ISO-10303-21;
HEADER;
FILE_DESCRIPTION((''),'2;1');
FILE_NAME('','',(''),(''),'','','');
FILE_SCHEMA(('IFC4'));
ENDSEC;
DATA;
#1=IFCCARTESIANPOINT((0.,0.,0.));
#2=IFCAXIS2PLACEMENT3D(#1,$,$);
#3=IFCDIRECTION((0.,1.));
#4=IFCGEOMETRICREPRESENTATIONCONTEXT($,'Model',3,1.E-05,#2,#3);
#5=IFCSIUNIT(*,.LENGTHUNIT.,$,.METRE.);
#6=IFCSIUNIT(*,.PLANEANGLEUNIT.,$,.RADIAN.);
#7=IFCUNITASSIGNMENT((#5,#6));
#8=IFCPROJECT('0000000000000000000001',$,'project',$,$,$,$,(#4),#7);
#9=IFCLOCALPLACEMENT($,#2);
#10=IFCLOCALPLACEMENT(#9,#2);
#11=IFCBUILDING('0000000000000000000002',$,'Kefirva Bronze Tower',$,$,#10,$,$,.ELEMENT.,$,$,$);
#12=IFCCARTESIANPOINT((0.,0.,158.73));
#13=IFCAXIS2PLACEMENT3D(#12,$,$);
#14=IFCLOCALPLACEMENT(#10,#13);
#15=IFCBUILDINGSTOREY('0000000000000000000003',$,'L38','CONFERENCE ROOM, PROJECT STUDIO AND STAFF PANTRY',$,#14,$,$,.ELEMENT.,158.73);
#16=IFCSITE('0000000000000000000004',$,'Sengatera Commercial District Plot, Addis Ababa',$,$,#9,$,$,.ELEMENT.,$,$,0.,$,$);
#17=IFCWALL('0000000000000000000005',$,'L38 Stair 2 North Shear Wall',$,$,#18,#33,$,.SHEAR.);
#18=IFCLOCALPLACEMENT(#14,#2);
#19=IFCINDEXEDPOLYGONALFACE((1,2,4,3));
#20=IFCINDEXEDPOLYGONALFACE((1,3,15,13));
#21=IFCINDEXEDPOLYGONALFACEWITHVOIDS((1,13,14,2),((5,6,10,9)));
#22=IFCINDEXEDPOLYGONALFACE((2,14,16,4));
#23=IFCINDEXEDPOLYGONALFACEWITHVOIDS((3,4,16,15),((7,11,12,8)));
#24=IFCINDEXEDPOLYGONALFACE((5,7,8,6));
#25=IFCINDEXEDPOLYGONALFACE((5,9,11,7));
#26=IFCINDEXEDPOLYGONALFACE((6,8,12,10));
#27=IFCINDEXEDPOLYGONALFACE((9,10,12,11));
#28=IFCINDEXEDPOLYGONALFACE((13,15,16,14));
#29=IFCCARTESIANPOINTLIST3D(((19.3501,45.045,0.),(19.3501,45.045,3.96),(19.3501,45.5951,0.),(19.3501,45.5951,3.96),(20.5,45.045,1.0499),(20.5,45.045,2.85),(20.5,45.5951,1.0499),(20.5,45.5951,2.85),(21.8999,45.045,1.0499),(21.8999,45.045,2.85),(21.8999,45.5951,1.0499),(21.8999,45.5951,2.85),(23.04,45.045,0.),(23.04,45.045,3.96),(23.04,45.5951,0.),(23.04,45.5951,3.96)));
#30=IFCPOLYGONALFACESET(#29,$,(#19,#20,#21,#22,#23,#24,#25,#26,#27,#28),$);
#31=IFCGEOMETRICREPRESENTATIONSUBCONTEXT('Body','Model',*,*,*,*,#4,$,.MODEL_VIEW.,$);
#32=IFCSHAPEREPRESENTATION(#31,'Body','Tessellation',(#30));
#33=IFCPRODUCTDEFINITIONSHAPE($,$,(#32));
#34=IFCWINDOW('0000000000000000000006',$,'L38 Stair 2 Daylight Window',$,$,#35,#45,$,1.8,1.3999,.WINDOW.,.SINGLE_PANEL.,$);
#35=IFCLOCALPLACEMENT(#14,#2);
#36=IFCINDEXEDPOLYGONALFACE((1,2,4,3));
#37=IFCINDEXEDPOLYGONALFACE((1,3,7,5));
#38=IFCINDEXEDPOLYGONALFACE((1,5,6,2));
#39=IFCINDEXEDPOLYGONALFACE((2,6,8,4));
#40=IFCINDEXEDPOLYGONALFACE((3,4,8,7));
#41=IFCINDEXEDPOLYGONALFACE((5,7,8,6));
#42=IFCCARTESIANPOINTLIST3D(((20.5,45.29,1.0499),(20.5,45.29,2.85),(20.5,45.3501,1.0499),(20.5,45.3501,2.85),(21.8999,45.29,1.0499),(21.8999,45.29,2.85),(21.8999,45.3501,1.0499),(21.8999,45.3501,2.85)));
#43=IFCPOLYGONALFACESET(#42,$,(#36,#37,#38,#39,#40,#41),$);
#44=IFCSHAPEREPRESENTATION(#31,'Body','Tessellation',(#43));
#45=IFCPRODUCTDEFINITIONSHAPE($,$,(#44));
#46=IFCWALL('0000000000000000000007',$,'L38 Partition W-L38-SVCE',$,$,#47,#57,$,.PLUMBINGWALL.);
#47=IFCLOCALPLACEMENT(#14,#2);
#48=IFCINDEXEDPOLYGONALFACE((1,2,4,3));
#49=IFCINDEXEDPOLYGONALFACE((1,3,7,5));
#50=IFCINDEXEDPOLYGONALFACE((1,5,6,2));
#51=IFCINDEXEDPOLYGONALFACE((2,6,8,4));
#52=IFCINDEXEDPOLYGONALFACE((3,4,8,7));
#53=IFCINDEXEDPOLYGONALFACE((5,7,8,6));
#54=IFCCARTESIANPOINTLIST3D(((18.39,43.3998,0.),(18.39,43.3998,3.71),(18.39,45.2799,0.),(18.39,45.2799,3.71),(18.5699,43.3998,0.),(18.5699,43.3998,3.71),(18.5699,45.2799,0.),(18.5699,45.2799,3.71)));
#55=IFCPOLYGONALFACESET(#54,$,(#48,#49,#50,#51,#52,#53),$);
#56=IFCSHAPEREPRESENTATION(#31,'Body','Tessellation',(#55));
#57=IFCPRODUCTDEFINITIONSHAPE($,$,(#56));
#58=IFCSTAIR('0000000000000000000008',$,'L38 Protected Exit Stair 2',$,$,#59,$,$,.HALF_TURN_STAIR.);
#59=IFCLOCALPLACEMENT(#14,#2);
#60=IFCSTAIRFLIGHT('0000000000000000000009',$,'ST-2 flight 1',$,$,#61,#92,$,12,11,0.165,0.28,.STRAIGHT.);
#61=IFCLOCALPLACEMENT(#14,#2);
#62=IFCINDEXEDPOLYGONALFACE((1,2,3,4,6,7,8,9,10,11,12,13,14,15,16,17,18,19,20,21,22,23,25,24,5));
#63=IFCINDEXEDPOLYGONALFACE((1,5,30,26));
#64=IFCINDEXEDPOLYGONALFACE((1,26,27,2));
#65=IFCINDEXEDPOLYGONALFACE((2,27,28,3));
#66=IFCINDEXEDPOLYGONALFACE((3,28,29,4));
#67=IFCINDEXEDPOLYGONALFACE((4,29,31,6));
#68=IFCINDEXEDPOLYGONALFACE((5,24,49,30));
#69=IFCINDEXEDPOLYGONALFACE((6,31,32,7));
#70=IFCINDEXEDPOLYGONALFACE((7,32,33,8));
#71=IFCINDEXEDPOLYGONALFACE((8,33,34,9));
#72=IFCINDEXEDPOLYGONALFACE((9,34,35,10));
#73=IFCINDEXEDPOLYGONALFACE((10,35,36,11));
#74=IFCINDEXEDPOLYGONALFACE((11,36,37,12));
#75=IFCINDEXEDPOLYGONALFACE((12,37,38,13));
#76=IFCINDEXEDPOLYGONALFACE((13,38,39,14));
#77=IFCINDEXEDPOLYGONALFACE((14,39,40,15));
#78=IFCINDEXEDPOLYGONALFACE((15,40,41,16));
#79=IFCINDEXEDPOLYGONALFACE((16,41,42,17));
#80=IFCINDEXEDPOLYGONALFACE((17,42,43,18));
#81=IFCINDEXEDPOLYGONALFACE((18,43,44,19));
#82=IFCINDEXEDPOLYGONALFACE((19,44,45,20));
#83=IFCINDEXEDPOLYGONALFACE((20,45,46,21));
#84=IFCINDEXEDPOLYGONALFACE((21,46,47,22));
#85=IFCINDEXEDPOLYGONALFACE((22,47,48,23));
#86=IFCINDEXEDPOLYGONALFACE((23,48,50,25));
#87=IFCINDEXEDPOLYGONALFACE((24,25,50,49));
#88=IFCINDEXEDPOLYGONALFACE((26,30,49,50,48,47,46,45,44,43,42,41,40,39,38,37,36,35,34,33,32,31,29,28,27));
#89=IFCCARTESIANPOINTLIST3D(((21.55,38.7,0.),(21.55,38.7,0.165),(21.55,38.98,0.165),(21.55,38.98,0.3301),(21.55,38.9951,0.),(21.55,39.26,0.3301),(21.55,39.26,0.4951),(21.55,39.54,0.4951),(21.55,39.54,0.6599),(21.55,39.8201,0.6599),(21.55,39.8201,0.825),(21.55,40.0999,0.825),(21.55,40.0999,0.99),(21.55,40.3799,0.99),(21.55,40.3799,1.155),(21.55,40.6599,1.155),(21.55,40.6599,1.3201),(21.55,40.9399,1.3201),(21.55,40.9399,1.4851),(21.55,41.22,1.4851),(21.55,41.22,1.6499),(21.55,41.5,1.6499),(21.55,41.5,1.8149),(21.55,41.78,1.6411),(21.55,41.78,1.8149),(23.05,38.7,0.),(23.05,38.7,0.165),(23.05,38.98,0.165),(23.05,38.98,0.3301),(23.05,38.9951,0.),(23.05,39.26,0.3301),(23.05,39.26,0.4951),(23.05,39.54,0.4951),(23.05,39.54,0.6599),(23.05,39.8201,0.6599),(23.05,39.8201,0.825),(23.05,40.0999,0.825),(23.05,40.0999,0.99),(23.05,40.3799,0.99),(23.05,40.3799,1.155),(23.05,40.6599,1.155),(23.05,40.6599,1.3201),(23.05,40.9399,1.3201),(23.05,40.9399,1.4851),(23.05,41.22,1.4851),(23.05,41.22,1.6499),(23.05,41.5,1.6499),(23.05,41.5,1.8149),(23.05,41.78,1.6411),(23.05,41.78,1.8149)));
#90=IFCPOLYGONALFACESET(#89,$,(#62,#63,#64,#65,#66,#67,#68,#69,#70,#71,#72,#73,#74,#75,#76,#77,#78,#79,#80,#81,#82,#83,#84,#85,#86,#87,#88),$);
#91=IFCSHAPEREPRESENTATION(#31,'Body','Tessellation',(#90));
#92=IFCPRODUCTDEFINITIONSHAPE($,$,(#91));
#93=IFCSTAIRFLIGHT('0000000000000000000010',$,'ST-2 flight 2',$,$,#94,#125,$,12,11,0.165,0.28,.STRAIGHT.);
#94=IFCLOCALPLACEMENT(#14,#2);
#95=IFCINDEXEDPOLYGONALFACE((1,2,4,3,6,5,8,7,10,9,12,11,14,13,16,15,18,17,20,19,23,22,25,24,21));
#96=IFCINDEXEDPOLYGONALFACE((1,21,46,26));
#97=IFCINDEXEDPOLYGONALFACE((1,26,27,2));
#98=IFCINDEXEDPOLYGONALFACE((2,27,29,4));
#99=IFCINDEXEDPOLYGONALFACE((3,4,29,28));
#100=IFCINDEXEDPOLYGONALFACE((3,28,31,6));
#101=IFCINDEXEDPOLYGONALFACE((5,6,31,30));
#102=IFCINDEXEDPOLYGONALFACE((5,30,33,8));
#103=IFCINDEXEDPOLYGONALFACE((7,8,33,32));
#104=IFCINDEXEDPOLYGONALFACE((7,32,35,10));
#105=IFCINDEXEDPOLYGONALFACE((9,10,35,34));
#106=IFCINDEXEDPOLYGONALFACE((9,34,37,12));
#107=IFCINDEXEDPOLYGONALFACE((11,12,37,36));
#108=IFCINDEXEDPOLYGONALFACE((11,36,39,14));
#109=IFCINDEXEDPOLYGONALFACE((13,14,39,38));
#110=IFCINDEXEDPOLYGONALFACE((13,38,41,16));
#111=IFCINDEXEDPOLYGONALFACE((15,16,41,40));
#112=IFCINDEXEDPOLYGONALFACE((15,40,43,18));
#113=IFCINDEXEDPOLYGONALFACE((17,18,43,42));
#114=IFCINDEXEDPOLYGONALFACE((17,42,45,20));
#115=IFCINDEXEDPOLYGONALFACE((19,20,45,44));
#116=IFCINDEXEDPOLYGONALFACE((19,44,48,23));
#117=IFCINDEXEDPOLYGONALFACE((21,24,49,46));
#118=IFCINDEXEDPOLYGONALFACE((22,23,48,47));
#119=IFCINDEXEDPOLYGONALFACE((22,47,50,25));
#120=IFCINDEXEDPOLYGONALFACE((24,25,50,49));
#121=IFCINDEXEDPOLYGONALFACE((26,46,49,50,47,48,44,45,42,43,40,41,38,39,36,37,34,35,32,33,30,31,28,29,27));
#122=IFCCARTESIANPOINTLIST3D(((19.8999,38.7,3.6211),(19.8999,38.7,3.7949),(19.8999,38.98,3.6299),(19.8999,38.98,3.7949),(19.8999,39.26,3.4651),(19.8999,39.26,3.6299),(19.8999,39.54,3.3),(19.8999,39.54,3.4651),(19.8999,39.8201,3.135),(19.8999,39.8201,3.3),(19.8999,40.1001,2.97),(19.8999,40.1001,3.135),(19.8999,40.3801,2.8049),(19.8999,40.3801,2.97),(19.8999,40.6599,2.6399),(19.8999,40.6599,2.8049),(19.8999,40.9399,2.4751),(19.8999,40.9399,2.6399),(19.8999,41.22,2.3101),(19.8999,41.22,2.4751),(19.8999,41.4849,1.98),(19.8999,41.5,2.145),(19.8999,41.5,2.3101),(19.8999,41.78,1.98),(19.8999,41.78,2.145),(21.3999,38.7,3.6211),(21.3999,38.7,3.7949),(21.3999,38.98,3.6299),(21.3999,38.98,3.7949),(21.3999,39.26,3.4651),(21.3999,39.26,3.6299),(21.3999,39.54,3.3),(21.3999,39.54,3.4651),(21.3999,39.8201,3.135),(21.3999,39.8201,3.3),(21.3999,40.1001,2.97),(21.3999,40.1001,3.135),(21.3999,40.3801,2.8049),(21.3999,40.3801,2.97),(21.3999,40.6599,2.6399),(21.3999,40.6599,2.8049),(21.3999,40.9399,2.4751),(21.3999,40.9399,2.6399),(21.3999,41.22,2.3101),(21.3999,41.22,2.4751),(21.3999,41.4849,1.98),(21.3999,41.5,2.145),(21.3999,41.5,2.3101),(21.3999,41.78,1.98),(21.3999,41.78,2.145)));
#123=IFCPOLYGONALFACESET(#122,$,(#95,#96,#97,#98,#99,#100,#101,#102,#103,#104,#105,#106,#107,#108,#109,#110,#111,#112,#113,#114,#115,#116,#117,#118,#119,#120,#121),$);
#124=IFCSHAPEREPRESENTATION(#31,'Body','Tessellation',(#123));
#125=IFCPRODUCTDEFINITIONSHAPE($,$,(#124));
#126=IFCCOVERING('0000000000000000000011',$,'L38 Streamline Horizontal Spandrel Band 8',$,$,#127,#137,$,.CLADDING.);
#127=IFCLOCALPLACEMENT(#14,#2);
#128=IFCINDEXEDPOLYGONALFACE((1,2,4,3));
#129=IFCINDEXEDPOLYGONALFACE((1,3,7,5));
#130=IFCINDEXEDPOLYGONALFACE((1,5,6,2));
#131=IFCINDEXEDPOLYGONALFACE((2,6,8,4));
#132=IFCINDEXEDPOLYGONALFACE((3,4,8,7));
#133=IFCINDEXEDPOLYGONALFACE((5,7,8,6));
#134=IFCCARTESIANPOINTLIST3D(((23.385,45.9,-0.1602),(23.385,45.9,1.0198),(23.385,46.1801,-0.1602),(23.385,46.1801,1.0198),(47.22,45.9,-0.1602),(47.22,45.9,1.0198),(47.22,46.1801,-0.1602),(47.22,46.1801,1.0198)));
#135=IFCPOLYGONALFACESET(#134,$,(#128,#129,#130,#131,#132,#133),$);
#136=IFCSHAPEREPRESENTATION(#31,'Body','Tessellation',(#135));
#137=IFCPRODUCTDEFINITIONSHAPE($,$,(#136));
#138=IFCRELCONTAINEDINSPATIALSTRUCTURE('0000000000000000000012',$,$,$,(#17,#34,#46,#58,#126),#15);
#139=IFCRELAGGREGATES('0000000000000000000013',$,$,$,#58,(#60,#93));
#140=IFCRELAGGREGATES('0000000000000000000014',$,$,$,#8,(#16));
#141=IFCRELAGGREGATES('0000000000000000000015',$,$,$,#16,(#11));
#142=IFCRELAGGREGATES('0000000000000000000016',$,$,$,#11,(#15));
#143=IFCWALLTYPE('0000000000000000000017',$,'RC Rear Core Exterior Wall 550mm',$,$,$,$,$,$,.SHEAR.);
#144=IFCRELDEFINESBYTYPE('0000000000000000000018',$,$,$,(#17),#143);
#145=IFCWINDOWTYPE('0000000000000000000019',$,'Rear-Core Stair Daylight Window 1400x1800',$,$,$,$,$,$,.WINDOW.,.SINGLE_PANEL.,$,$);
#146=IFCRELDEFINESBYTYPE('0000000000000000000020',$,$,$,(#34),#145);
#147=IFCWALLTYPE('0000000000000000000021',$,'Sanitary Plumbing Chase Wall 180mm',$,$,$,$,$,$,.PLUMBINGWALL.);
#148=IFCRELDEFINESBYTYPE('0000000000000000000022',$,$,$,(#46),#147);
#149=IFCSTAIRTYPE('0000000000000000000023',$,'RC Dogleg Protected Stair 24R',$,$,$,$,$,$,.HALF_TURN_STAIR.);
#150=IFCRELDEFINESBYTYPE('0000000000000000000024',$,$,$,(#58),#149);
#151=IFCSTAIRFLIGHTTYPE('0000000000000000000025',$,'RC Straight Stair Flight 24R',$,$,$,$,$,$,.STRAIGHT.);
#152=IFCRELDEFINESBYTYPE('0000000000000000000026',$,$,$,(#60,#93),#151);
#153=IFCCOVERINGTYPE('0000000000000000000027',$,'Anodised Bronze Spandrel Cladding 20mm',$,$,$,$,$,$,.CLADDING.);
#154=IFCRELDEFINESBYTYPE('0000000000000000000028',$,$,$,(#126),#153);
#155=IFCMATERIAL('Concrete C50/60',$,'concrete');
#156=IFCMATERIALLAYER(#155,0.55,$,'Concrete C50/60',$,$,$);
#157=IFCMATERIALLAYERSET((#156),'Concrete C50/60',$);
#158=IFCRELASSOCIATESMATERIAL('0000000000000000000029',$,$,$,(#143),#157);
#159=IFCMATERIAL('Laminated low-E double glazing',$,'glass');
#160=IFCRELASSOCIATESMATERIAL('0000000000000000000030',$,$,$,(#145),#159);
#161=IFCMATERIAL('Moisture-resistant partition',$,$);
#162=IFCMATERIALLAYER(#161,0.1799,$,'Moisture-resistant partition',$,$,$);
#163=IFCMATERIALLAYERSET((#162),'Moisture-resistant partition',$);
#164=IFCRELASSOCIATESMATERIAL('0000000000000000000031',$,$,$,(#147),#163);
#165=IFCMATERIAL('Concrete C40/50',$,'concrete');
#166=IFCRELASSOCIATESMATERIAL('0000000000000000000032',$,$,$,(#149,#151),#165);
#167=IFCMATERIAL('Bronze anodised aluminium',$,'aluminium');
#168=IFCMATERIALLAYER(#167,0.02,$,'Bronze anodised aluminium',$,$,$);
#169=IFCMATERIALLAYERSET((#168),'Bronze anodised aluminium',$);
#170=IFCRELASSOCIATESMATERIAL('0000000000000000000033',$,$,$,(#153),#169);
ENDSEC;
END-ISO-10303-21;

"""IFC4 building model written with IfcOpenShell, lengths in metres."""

from ifc_helpers import new_model, si_unit, direction, frame, frame_2d, origin, origin_2d, place, context, subcontext, project, spatial, polyline, rectangle, outline, extrude, material, layer, layer_set, type_object, element, fill, aggregate, save


model = new_model("IFC4")

# Units and contexts
model_context = context("Model", 3, precision=1e-05, world=origin(), true_north=direction((0.0, 1.0)))
body_context = subcontext(model_context, "Body", "Model", "MODEL_VIEW")
ifc_project = project(units=[si_unit("LENGTHUNIT", "METRE"), si_unit("PLANEANGLEUNIT", "RADIAN")], contexts=[model_context])

# Site, building, storey
site_placement = place(None, origin())
site = spatial("IfcSite", under=ifc_project, at=site_placement, Name="Sengatera Commercial District Plot, Addis Ababa", CompositionType="ELEMENT", RefElevation=0.0)
building_placement = place(site_placement, origin())
building = spatial("IfcBuilding", under=site, at=building_placement, Name="Kefirva Bronze Tower", CompositionType="ELEMENT")
storey_placement = place(building_placement, frame((0.0, 0.0, 158.73)))
storey = spatial("IfcBuildingStorey", under=building, at=storey_placement, Name="L38", Description="CONFERENCE ROOM, PROJECT STUDIO AND STAFF PANTRY", CompositionType="ELEMENT", Elevation=158.73)

# Shared definitions
ifc_material_1 = material(Name="Bronze anodised aluminium", Category="aluminium")

# Shared definitions
ifc_material_2 = material(Name="Concrete C50/60", Category="concrete")

# Shared definitions
ifc_material_3 = material(Name="Laminated low-E double glazing", Category="glass")

# Wall, opening, window
ifc_layer_1 = layer(ifc_material_2, 0.55, Name="Concrete C50/60")
ifc_layer_set_1 = layer_set([ifc_layer_1], Name="Concrete C50/60")
wall_type_1 = type_object("IfcWallType", Name="RC Rear Core Exterior Wall 550mm", PredefinedType="SHEAR", material=ifc_layer_set_1)
wall_1_placement = place(storey_placement, frame((19.3501, 45.3201, 0.0), z_axis=(0.0, 0.0, 1.0), x_axis=(1.0, 0.0, 0.0)))
wall_1 = element("IfcWall", 1, at=wall_1_placement, inside=storey, type_object=wall_type_1, Name="L38 Stair 2 North Shear Wall", PredefinedType="SHEAR", context=body_context, shape_type="SweptSolid", body=[
    extrude(rectangle(XDim=3.6899, YDim=0.55, at=frame_2d((1.845, 0.0))), origin(), (0.0, 0.0, 1.0), 3.96),
])
opening_placement = place(wall_1_placement, frame((1.1499, 0.0, 1.05)))
opening = element("IfcOpeningElement", 2, at=opening_placement, cuts=wall_1, PredefinedType="OPENING", context=body_context, shape_type="SweptSolid", body=[
    extrude(rectangle(XDim=1.3999, YDim=1.8, at=frame_2d((0.7, 0.8999))), frame((0.0, 0.2852, 0.0), z_axis=(0.0, -1.0, 0.0), x_axis=(1.0, 0.0, 0.0)), (0.0, 0.0, 1.0), 0.5701),
])
window_type = type_object("IfcWindowType", Name="Rear-Core Stair Daylight Window 1400x1800", PartitioningType="SINGLE_PANEL", PredefinedType="WINDOW", material=ifc_material_3)
window_placement = place(opening_placement, origin())
window = element("IfcWindow", 3, at=window_placement, inside=storey, type_object=window_type, Name="L38 Stair 2 Daylight Window", OverallHeight=1.8, OverallWidth=1.3999, PartitioningType="SINGLE_PANEL", PredefinedType="WINDOW", context=body_context, shape_type="SweptSolid", body=[
    extrude(rectangle(XDim=1.3999, YDim=1.8, at=frame_2d((0.7, 0.8999))), frame((0.0, 0.03, 0.0), z_axis=(0.0, -1.0, 0.0), x_axis=(1.0, 0.0, 0.0)), (0.0, 0.0, 1.0), 0.0601),
])
fill(opening, window)

# Wall
ifc_material_4 = material(Name="Moisture-resistant partition")
ifc_layer_2 = layer(ifc_material_4, 0.1799, Name="Moisture-resistant partition")
ifc_layer_set_2 = layer_set([ifc_layer_2], Name="Moisture-resistant partition")
wall_type_2 = type_object("IfcWallType", Name="Sanitary Plumbing Chase Wall 180mm", PredefinedType="PLUMBINGWALL", material=ifc_layer_set_2)
wall_2_placement = place(storey_placement, frame((18.48, 43.3999, 0.0), z_axis=(0.0, 0.0, 1.0), x_axis=(0.0, 1.0, 0.0)))
element("IfcWall", 4, at=wall_2_placement, inside=storey, type_object=wall_type_2, Name="L38 Partition W-L38-SVCE", PredefinedType="PLUMBINGWALL", context=body_context, shape_type="SweptSolid", body=[
    extrude(rectangle(XDim=1.8801, YDim=0.1799, at=frame_2d((0.9399, 0.0))), origin(), (0.0, 0.0, 1.0), 3.71),
])

# Stair, stair flights
ifc_material_5 = material(Name="Concrete C40/50", Category="concrete")
stair_type = type_object("IfcStairType", Name="RC Dogleg Protected Stair 24R", PredefinedType="HALF_TURN_STAIR", material=ifc_material_5)
stair_placement = place(storey_placement, origin())
stair = element("IfcStair", 5, at=stair_placement, inside=storey, type_object=stair_type, Name="L38 Protected Exit Stair 2", PredefinedType="HALF_TURN_STAIR")
stair_flight_type = type_object("IfcStairFlightType", Name="RC Straight Stair Flight 24R", PredefinedType="STRAIGHT", material=ifc_material_5)
stair_flight_1_placement = place(storey_placement, frame((22.3, 38.7, 0.0), z_axis=(0.0, 0.0, 1.0), x_axis=(0.0, 1.0, 0.0)))
stair_flight_1 = element("IfcStairFlight", 6, at=stair_flight_1_placement, type_object=stair_flight_type, Name="ST-2 flight 1", NumberOfRisers=12, NumberOfTreads=11, PredefinedType="STRAIGHT", RiserHeight=0.165, TreadLength=0.28, context=body_context, shape_type="SweptSolid", body=[
    extrude(outline(polyline([(0.0, 0.0), (0.0, 0.165), (0.28, 0.165), (0.28, 0.3301), (0.5601, 0.3301), (0.5601, 0.4951), (0.8401, 0.4951), (0.8401, 0.6599), (1.1201, 0.6599), (1.1201, 0.825), (1.3999, 0.825), (1.3999, 0.99), (1.6799, 0.99), (1.6799, 1.155), (1.96, 1.155), (1.96, 1.3201), (2.24, 1.3201), (2.24, 1.4851), (2.52, 1.4851), (2.52, 1.6499), (2.8, 1.6499), (2.8, 1.8149), (3.0801, 1.8149), (3.0801, 1.98), (3.0801, 1.6411), (0.2952, 0.0), (0.0, 0.0)])), frame((0.0, 0.75, 0.0), z_axis=(0.0, -1.0, 0.0), x_axis=(1.0, 0.0, 0.0)), (0.0, 0.0, 1.0), 1.5),
])
stair_flight_2_placement = place(storey_placement, frame((20.6499, 41.78, 1.98), z_axis=(0.0, 0.0, 1.0), x_axis=(0.0, -1.0, 0.0)))
stair_flight_2 = element("IfcStairFlight", 7, at=stair_flight_2_placement, type_object=stair_flight_type, Name="ST-2 flight 2", NumberOfRisers=12, NumberOfTreads=11, PredefinedType="STRAIGHT", RiserHeight=0.165, TreadLength=0.28, context=body_context, shape_type="SweptSolid", body=[
    extrude(outline(polyline([(0.0, 0.0), (0.0, 0.165), (0.28, 0.165), (0.28, 0.3301), (0.5601, 0.3301), (0.5601, 0.4951), (0.8401, 0.4951), (0.8401, 0.6599), (1.1201, 0.6599), (1.1201, 0.825), (1.3999, 0.825), (1.3999, 0.99), (1.6799, 0.99), (1.6799, 1.155), (1.96, 1.155), (1.96, 1.3201), (2.24, 1.3201), (2.24, 1.4851), (2.52, 1.4851), (2.52, 1.6499), (2.8, 1.6499), (2.8, 1.8149), (3.0801, 1.8149), (3.0801, 1.98), (3.0801, 1.6411), (0.2952, 0.0), (0.0, 0.0)])), frame((0.0, 0.75, 0.0), z_axis=(0.0, -1.0, 0.0), x_axis=(1.0, 0.0, 0.0)), (0.0, 0.0, 1.0), 1.5),
])
aggregate(stair, [stair_flight_1, stair_flight_2])

# Covering
ifc_layer_3 = layer(ifc_material_1, 0.02, Name="Bronze anodised aluminium")
ifc_layer_set_3 = layer_set([ifc_layer_3], Name="Bronze anodised aluminium")
covering_type_1 = type_object("IfcCoveringType", Name="Anodised Bronze Spandrel Cladding 20mm", PredefinedType="CLADDING", material=ifc_layer_set_3)
covering_placement = place(storey_placement, frame((35.3025, 46.04, -0.1602), z_axis=(0.0, 0.0, 1.0), x_axis=(-1.0, 0.0, 0.0)))
element("IfcCovering", 8, at=covering_placement, inside=storey, type_object=covering_type_1, Name="L38 Streamline Horizontal Spandrel Band 8", PredefinedType="CLADDING", context=body_context, shape_type="SweptSolid", body=[
    extrude(rectangle(XDim=23.835, YDim=0.28, at=origin_2d()), origin(), (0.0, 0.0, 1.0), 1.1799),
])

save(model, "model.ifc")
